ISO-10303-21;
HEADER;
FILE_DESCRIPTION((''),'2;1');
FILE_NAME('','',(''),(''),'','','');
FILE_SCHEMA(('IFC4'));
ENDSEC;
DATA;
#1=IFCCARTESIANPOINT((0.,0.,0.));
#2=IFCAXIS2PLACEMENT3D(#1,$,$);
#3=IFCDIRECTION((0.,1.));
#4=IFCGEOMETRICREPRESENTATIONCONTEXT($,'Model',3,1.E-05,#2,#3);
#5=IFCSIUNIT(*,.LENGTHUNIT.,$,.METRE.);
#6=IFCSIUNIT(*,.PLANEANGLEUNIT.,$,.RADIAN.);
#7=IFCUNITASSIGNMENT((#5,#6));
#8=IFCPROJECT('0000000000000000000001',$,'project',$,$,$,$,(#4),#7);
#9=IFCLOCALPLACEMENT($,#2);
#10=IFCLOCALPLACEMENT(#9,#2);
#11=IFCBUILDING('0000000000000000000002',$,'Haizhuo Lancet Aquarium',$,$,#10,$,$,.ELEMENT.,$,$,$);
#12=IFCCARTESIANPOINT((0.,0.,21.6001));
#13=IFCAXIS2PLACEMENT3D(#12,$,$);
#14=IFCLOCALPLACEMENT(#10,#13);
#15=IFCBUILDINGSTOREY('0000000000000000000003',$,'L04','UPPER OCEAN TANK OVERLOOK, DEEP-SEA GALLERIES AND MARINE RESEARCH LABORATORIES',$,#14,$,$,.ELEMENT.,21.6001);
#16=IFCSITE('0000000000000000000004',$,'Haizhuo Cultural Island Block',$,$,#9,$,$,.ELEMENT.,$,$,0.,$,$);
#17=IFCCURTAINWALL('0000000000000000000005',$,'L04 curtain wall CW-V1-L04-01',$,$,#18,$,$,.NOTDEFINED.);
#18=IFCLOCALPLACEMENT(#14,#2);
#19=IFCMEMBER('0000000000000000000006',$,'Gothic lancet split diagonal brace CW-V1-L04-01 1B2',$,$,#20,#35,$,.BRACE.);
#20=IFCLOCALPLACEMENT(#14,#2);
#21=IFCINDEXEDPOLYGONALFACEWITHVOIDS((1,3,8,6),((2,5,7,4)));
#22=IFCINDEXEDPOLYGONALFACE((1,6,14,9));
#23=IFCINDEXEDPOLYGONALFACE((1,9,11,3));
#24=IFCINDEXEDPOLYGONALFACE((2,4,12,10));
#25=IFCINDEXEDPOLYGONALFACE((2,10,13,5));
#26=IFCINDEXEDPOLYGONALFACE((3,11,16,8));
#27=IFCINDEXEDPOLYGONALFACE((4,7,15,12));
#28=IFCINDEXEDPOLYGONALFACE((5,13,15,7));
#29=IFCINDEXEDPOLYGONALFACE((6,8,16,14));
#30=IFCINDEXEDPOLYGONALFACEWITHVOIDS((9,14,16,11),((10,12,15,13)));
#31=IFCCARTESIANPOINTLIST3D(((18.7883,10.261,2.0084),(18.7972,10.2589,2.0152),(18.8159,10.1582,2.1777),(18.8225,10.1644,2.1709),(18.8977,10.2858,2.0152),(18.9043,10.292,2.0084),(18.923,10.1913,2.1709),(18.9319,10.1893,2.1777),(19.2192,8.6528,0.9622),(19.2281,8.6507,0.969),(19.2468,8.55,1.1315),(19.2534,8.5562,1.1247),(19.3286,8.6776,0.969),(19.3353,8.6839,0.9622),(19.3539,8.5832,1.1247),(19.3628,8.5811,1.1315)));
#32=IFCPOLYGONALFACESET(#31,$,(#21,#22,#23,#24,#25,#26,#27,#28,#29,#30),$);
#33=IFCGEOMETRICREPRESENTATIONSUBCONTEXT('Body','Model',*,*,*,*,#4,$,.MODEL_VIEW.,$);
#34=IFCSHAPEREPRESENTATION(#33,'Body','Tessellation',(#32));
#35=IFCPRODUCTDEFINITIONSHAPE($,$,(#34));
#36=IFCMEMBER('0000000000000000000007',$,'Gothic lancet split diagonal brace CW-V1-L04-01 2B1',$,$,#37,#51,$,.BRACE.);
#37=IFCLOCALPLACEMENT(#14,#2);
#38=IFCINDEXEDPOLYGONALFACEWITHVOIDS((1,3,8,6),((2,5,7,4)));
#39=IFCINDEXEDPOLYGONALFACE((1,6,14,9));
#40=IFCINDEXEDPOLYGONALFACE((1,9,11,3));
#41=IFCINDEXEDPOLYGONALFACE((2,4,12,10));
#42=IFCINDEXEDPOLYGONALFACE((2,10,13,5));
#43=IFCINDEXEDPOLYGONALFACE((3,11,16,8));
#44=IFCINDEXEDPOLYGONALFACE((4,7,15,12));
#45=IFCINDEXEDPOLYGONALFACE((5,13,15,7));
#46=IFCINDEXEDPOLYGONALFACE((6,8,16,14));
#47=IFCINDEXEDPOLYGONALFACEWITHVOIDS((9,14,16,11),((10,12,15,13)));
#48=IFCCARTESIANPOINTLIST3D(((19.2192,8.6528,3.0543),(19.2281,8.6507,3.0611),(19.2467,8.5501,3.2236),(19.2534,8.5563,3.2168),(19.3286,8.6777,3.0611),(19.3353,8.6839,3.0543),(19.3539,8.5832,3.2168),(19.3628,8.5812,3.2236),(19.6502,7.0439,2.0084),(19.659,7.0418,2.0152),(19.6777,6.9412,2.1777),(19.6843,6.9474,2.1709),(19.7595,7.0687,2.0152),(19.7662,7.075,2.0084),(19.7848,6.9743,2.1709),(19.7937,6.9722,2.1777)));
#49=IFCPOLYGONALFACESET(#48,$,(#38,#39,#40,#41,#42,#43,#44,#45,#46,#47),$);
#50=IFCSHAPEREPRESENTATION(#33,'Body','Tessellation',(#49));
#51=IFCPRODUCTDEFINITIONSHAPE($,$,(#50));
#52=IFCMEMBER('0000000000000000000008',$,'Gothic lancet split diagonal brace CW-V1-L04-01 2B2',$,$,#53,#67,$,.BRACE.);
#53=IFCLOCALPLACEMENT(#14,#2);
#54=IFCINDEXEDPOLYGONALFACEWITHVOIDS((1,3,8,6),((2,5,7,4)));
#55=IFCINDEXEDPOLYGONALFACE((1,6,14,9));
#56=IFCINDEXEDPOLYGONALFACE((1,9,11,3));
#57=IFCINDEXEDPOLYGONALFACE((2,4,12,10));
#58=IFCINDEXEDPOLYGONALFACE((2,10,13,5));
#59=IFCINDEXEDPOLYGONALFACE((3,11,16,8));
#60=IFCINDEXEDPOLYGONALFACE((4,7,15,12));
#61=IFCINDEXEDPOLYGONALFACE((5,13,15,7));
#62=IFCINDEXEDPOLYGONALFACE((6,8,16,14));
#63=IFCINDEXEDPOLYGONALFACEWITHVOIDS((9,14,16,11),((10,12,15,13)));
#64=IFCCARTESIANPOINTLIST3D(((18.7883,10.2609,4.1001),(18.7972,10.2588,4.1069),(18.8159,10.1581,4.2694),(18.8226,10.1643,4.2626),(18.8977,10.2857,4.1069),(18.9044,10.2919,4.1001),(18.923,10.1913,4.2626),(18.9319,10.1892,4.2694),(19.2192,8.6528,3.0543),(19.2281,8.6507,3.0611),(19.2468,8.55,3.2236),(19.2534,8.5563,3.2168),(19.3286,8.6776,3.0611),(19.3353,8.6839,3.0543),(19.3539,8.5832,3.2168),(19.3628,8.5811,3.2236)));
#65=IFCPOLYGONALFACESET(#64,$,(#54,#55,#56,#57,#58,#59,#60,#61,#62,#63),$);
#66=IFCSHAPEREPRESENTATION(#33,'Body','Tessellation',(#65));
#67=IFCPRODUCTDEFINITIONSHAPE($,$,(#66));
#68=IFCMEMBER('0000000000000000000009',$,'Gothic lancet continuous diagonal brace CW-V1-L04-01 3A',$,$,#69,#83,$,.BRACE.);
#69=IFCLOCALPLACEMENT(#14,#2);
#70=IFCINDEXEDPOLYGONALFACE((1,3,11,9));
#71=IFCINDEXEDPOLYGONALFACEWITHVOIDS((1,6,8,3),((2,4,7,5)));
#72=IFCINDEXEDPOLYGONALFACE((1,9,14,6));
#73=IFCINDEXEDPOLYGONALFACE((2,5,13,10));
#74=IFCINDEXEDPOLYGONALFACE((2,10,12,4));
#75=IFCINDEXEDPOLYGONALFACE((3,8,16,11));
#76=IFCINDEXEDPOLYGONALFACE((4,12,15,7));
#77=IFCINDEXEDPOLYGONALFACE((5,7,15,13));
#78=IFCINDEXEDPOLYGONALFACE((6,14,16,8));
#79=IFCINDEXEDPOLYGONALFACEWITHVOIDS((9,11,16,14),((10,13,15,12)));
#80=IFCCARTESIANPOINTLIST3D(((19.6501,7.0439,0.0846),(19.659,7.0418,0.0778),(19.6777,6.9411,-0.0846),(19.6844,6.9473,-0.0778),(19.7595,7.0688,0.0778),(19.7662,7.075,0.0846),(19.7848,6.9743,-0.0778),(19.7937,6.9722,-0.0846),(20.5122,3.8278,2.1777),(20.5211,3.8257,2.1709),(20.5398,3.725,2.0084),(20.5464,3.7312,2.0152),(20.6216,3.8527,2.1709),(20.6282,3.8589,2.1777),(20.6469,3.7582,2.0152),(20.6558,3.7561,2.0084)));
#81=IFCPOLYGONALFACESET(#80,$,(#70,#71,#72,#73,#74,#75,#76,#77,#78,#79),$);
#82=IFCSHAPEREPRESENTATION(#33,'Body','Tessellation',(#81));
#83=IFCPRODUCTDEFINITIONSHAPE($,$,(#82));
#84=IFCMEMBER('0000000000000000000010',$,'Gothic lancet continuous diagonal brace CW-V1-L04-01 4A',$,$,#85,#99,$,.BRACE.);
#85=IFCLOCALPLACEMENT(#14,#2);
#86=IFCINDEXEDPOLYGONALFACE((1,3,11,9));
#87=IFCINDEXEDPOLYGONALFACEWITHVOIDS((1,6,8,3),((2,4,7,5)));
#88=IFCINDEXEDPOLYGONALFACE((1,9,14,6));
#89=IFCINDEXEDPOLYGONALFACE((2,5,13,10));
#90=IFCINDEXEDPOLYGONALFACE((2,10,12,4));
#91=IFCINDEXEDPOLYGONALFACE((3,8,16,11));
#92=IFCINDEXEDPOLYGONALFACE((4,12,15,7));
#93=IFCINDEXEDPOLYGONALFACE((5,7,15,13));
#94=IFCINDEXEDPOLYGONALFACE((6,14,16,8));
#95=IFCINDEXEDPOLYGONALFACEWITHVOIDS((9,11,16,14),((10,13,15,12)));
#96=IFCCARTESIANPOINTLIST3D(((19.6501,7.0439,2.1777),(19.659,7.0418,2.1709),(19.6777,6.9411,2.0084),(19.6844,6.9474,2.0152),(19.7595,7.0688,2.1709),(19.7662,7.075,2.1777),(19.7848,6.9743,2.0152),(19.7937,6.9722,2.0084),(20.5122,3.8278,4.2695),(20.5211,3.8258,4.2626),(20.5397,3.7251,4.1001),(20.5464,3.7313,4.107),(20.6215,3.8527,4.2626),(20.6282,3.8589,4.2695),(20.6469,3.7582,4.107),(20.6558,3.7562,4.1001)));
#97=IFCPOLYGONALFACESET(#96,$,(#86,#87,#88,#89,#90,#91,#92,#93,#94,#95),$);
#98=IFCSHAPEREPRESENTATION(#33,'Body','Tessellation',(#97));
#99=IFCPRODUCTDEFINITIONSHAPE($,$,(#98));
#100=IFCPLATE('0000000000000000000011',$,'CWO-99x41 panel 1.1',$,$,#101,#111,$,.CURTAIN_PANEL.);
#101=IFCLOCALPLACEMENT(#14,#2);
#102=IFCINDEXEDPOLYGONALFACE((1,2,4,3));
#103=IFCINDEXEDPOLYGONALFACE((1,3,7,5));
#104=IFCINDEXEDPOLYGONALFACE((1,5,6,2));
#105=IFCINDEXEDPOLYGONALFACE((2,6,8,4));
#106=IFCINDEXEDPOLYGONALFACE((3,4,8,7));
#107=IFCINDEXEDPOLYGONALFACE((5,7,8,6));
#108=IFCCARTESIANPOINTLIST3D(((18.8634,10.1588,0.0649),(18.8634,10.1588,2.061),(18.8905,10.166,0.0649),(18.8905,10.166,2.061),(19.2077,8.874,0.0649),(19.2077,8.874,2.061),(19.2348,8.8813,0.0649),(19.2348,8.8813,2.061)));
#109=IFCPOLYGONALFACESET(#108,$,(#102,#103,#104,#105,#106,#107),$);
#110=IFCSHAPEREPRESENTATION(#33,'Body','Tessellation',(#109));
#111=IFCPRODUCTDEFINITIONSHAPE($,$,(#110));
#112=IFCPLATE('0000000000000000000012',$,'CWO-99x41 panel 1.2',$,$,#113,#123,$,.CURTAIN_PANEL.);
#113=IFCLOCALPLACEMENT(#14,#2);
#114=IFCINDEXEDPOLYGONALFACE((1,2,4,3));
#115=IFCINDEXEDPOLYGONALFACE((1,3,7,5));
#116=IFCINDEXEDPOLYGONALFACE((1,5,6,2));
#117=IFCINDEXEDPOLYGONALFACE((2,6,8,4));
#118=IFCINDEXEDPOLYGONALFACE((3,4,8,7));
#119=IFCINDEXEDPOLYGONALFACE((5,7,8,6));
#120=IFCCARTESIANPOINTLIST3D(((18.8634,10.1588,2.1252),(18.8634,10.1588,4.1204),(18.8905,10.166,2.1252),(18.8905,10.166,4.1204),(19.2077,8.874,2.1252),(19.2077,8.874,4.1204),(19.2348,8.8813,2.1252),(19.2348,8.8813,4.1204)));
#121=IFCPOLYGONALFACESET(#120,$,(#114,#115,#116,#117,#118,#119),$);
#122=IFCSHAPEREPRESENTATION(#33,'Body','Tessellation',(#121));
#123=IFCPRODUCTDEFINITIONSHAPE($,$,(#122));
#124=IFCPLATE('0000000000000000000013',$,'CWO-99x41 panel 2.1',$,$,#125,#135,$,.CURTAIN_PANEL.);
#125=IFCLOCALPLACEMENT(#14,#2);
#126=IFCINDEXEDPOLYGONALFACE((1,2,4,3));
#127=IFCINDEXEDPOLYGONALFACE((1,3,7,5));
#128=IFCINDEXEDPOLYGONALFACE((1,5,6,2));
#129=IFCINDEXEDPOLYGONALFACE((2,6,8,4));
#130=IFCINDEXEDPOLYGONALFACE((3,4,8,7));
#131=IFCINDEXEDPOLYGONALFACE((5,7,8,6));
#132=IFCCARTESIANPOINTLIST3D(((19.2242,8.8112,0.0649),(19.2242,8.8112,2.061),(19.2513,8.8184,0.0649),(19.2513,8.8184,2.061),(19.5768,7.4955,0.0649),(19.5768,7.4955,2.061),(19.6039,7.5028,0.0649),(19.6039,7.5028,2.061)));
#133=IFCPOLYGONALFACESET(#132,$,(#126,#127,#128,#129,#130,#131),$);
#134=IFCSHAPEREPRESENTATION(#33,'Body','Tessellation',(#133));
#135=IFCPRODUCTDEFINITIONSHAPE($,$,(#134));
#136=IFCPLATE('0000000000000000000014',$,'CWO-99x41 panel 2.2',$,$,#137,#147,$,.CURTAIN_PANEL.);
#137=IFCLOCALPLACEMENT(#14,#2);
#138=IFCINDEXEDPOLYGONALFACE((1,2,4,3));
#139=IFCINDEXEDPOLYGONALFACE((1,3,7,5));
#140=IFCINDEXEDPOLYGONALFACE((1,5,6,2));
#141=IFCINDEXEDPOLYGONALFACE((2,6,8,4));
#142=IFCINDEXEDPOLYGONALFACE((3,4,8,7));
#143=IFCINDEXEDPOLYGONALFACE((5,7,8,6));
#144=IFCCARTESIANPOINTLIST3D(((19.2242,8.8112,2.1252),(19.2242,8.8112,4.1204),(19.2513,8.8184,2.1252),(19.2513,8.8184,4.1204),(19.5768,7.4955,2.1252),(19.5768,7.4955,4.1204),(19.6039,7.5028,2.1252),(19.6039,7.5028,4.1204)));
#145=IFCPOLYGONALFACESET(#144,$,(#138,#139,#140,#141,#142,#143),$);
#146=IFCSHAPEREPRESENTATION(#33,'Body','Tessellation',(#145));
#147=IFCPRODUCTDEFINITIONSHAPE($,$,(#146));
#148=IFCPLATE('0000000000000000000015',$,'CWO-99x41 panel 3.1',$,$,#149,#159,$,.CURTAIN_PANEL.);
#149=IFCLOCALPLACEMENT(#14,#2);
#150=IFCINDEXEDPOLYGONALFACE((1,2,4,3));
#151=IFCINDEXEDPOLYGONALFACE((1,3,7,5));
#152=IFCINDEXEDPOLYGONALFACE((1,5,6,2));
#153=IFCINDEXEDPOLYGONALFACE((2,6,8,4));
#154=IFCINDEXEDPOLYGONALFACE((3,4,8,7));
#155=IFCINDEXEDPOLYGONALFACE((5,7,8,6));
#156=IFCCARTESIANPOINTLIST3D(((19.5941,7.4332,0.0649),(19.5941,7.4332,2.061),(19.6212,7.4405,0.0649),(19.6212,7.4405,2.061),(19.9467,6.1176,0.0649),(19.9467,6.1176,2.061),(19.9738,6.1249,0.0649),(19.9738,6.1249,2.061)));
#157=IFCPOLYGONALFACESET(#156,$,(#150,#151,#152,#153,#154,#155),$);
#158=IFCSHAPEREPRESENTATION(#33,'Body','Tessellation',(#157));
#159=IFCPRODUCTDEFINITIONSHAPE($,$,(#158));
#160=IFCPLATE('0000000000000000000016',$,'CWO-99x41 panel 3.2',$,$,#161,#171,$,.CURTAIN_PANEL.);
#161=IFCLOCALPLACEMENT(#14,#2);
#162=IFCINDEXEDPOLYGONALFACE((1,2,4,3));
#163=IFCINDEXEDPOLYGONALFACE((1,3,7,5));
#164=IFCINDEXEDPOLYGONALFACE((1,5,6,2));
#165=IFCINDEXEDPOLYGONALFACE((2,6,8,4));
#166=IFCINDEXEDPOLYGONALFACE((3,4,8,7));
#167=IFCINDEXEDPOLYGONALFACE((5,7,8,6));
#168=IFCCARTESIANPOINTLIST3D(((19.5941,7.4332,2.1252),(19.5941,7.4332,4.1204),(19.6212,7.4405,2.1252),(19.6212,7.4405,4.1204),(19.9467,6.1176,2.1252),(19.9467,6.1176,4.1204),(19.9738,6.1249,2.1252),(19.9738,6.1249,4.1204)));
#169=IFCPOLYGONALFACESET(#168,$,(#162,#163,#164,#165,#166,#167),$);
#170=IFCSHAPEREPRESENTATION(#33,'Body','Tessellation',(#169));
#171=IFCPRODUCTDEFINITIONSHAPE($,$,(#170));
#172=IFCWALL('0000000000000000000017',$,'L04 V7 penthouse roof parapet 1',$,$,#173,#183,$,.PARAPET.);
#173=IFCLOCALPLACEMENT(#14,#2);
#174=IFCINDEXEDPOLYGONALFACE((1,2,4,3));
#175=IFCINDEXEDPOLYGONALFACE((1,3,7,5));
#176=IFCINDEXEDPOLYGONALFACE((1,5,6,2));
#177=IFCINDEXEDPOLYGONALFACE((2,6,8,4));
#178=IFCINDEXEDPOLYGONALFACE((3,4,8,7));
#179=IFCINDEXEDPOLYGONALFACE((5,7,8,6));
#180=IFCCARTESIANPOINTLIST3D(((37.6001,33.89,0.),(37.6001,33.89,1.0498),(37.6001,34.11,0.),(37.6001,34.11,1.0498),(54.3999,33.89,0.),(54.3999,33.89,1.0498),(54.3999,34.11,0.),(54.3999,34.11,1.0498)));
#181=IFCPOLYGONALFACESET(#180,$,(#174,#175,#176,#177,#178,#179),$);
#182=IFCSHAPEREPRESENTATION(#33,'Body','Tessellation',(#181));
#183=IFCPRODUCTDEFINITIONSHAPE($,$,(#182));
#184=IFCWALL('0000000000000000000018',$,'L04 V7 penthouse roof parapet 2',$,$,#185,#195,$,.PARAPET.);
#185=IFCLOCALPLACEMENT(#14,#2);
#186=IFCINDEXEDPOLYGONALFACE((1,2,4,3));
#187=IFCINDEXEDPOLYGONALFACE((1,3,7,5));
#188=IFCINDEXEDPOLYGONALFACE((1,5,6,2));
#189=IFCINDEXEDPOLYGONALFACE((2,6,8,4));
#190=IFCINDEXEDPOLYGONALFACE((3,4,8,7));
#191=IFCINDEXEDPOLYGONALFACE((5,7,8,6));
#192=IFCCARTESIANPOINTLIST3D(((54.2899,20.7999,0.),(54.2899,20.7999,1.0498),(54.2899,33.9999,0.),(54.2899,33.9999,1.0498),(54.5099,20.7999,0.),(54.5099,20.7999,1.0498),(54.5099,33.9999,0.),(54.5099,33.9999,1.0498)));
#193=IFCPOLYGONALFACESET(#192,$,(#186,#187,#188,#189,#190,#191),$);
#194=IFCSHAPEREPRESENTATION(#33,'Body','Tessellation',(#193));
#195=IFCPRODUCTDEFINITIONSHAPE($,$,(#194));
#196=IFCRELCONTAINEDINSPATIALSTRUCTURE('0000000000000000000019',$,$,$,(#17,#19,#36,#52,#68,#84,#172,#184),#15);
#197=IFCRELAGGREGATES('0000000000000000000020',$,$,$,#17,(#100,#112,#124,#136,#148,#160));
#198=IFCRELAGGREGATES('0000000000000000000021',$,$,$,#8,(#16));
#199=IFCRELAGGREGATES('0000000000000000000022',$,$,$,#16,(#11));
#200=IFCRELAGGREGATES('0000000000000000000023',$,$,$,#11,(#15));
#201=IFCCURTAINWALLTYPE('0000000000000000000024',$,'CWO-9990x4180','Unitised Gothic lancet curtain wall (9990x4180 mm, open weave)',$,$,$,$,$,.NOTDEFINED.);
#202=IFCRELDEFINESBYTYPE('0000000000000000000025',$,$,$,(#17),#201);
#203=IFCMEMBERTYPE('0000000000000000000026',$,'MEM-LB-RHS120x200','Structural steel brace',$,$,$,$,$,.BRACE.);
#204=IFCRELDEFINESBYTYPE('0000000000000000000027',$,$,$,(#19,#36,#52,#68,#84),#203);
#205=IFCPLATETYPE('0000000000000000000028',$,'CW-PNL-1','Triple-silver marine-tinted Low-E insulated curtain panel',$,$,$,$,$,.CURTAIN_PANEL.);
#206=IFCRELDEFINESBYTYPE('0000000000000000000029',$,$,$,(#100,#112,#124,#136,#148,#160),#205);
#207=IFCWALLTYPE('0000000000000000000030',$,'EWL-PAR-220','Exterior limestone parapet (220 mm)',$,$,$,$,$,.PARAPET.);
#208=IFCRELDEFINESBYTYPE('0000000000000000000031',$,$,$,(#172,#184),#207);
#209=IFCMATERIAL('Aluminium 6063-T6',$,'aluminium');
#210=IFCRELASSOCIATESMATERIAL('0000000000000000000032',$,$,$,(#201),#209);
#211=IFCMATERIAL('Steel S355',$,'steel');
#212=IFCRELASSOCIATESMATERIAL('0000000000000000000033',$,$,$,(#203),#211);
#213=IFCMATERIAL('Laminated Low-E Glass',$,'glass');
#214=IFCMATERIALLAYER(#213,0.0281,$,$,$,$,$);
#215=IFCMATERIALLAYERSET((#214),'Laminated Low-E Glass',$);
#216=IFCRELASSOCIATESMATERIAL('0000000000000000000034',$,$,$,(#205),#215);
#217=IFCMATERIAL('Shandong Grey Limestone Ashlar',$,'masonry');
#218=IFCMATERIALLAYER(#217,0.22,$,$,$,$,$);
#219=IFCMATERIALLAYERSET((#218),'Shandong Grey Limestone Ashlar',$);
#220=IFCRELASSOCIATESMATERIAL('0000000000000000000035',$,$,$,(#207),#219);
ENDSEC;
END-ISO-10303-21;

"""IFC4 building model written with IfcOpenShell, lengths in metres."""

from ifc_helpers import new_model, si_unit, direction, frame, frame_2d, origin, origin_2d, place, context, subcontext, project, spatial, rectangle, hollow_rectangle, extrude, material, layer, layer_set, material_profile, profile_set, type_object, element, aggregate, save


model = new_model("IFC4")

# Units and contexts
model_context = context("Model", 3, precision=1e-05, world=origin(), true_north=direction((0.0, 1.0)))
body_context = subcontext(model_context, "Body", "Model", "MODEL_VIEW")
ifc_project = project(units=[si_unit("LENGTHUNIT", "METRE"), si_unit("PLANEANGLEUNIT", "RADIAN")], contexts=[model_context])

# Site, building, storey
site_placement = place(None, origin())
site = spatial("IfcSite", under=ifc_project, at=site_placement, Name="Haizhuo Cultural Island Block", CompositionType="ELEMENT", RefElevation=0.0)
building_placement = place(site_placement, origin())
building = spatial("IfcBuilding", under=site, at=building_placement, Name="Haizhuo Lancet Aquarium", CompositionType="ELEMENT")
storey_placement = place(building_placement, frame((0.0, 0.0, 21.6001)))
storey = spatial("IfcBuildingStorey", under=building, at=storey_placement, Name="L04", Description="UPPER OCEAN TANK OVERLOOK, DEEP-SEA GALLERIES AND MARINE RESEARCH LABORATORIES", CompositionType="ELEMENT", Elevation=21.6001)

# Curtain wall
ifc_material_1 = material(Name="Aluminium 6063-T6", Category="aluminium")
curtain_wall_type = type_object("IfcCurtainWallType", Name="CWO-9990x4180", Description="Unitised Gothic lancet curtain wall (9990x4180 mm, open weave)", PredefinedType="NOTDEFINED", material=ifc_material_1)
curtain_wall_placement = place(storey_placement, origin())
curtain_wall = element("IfcCurtainWall", 1, at=curtain_wall_placement, inside=storey, type_object=curtain_wall_type, Name="L04 curtain wall CW-V1-L04-01", PredefinedType="NOTDEFINED")

# Members
ifc_material_2 = material(Name="Steel S355", Category="steel")
ifc_material_profile_1 = material_profile(ifc_material_2, hollow_rectangle(XDim=0.1201, YDim=0.2, WallThickness=0.0081, at=origin_2d()), Name="RHS 120x200x8")
ifc_profile_set_1 = profile_set([ifc_material_profile_1], Name="Steel S355")
member_type_1 = type_object("IfcMemberType", Name="MEM-LB-RHS120x200", Description="Structural steel brace", PredefinedType="BRACE", material=ifc_profile_set_1)
member_1_placement = place(storey_placement, frame((19.291, 8.6169, 1.0469), z_axis=(-0.219149, 0.817866, 0.532042), x_axis=(-0.965925, -0.258822, 0.0)))
element("IfcMember", 2, at=member_1_placement, inside=storey, type_object=member_type_1, Name="Gothic lancet split diagonal brace CW-V1-L04-01 1B2", PredefinedType="BRACE", context=body_context, shape_type="SweptSolid", body=[
    extrude(hollow_rectangle(XDim=0.1201, YDim=0.2, WallThickness=0.0081, at=origin_2d()), origin(), (0.0, 0.0, 1.0), 1.9663),
])
member_2_placement = place(storey_placement, frame((19.7219, 7.0081, 2.093), z_axis=(-0.219097, 0.818044, 0.53179), x_axis=(-0.965955, -0.258712, 0.0)))
element("IfcMember", 3, at=member_2_placement, inside=storey, type_object=member_type_1, Name="Gothic lancet split diagonal brace CW-V1-L04-01 2B1", PredefinedType="BRACE", context=body_context, shape_type="SweptSolid", body=[
    extrude(hollow_rectangle(XDim=0.1201, YDim=0.2, WallThickness=0.0081, at=origin_2d()), origin(), (0.0, 0.0, 1.0), 1.9668),
])
member_3_placement = place(storey_placement, frame((19.291, 8.6169, 3.1389), z_axis=(-0.219163, 0.81792, 0.531953), x_axis=(-0.965925, -0.258822, 0.0)))
element("IfcMember", 4, at=member_3_placement, inside=storey, type_object=member_type_1, Name="Gothic lancet split diagonal brace CW-V1-L04-01 2B2", PredefinedType="BRACE", context=body_context, shape_type="SweptSolid", body=[
    extrude(hollow_rectangle(XDim=0.1201, YDim=0.2, WallThickness=0.0081, at=origin_2d()), origin(), (0.0, 0.0, 1.0), 1.9661),
])
member_4_placement = place(storey_placement, frame((19.7219, 7.0081, 0.0), z_axis=(0.219197, -0.817754, 0.532195), x_axis=(0.965902, 0.258908, 0.0)))
element("IfcMember", 5, at=member_4_placement, inside=storey, type_object=member_type_1, Name="Gothic lancet continuous diagonal brace CW-V1-L04-01 3A", PredefinedType="BRACE", context=body_context, shape_type="SweptSolid", body=[
    extrude(hollow_rectangle(XDim=0.1201, YDim=0.2, WallThickness=0.0081, at=origin_2d()), origin(), (0.0, 0.0, 1.0), 3.9329),
])
member_5_placement = place(storey_placement, frame((19.7219, 7.0081, 2.093), z_axis=(0.219234, -0.817889, 0.531972), x_axis=(0.965902, 0.258908, 0.0)))
element("IfcMember", 6, at=member_5_placement, inside=storey, type_object=member_type_1, Name="Gothic lancet continuous diagonal brace CW-V1-L04-01 4A", PredefinedType="BRACE", context=body_context, shape_type="SweptSolid", body=[
    extrude(hollow_rectangle(XDim=0.1201, YDim=0.2, WallThickness=0.0081, at=origin_2d()), origin(), (0.0, 0.0, 1.0), 3.9321),
])

# Plates
ifc_material_3 = material(Name="Laminated Low-E Glass", Category="glass")
ifc_layer_1 = layer(ifc_material_3, 0.0281)
ifc_layer_set_1 = layer_set([ifc_layer_1], Name="Laminated Low-E Glass")
plate_type = type_object("IfcPlateType", Name="CW-PNL-1", Description="Triple-silver marine-tinted Low-E insulated curtain panel", PredefinedType="CURTAIN_PANEL", material=ifc_layer_set_1)
plate_1_placement = place(storey_placement, frame((19.0491, 9.52, 0.0649), z_axis=(0.0, 0.0, 1.0), x_axis=(0.258853, -0.965917, 0.0)))
plate_1 = element("IfcPlate", 7, at=plate_1_placement, type_object=plate_type, Name="CWO-99x41 panel 1.1", PredefinedType="CURTAIN_PANEL", context=body_context, shape_type="SweptSolid", body=[
    extrude(rectangle(XDim=1.3301, YDim=0.0281, at=origin_2d()), origin(), (0.0, 0.0, 1.0), 1.9961),
])
plate_2_placement = place(storey_placement, frame((19.0491, 9.52, 2.1252), z_axis=(0.0, 0.0, 1.0), x_axis=(0.258853, -0.965917, 0.0)))
plate_2 = element("IfcPlate", 8, at=plate_2_placement, type_object=plate_type, Name="CWO-99x41 panel 1.2", PredefinedType="CURTAIN_PANEL", context=body_context, shape_type="SweptSolid", body=[
    extrude(rectangle(XDim=1.3301, YDim=0.0281, at=origin_2d()), origin(), (0.0, 0.0, 1.0), 1.9951),
])
plate_3_placement = place(storey_placement, frame((19.4141, 8.157, 0.0649), z_axis=(0.0, 0.0, 1.0), x_axis=(0.258853, -0.965917, 0.0)))
plate_3 = element("IfcPlate", 9, at=plate_3_placement, type_object=plate_type, Name="CWO-99x41 panel 2.1", PredefinedType="CURTAIN_PANEL", context=body_context, shape_type="SweptSolid", body=[
    extrude(rectangle(XDim=1.3621, YDim=0.0281, at=origin_2d()), origin(), (0.0, 0.0, 1.0), 1.9961),
])
plate_4_placement = place(storey_placement, frame((19.4141, 8.157, 2.1252), z_axis=(0.0, 0.0, 1.0), x_axis=(0.258853, -0.965917, 0.0)))
plate_4 = element("IfcPlate", 10, at=plate_4_placement, type_object=plate_type, Name="CWO-99x41 panel 2.2", PredefinedType="CURTAIN_PANEL", context=body_context, shape_type="SweptSolid", body=[
    extrude(rectangle(XDim=1.3621, YDim=0.0281, at=origin_2d()), origin(), (0.0, 0.0, 1.0), 1.9951),
])
plate_5_placement = place(storey_placement, frame((19.7839, 6.7791, 0.0649), z_axis=(0.0, 0.0, 1.0), x_axis=(0.258853, -0.965917, 0.0)))
plate_5 = element("IfcPlate", 11, at=plate_5_placement, type_object=plate_type, Name="CWO-99x41 panel 3.1", PredefinedType="CURTAIN_PANEL", context=body_context, shape_type="SweptSolid", body=[
    extrude(rectangle(XDim=1.3621, YDim=0.0281, at=origin_2d()), origin(), (0.0, 0.0, 1.0), 1.9961),
])
plate_6_placement = place(storey_placement, frame((19.7839, 6.7791, 2.1252), z_axis=(0.0, 0.0, 1.0), x_axis=(0.258853, -0.965917, 0.0)))
plate_6 = element("IfcPlate", 12, at=plate_6_placement, type_object=plate_type, Name="CWO-99x41 panel 3.2", PredefinedType="CURTAIN_PANEL", context=body_context, shape_type="SweptSolid", body=[
    extrude(rectangle(XDim=1.3621, YDim=0.0281, at=origin_2d()), origin(), (0.0, 0.0, 1.0), 1.9951),
])
aggregate(curtain_wall, [plate_1, plate_2, plate_3, plate_4, plate_5, plate_6])

# Walls
ifc_material_4 = material(Name="Shandong Grey Limestone Ashlar", Category="masonry")
ifc_layer_2 = layer(ifc_material_4, 0.22)
ifc_layer_set_2 = layer_set([ifc_layer_2], Name="Shandong Grey Limestone Ashlar")
wall_type = type_object("IfcWallType", Name="EWL-PAR-220", Description="Exterior limestone parapet (220 mm)", PredefinedType="PARAPET", material=ifc_layer_set_2)
wall_1_placement = place(storey_placement, frame((37.6001, 34.0, 0.0), z_axis=(0.0, 0.0, 1.0), x_axis=(1.0, 0.0, 0.0)))
element("IfcWall", 13, at=wall_1_placement, inside=storey, type_object=wall_type, Name="L04 V7 penthouse roof parapet 1", PredefinedType="PARAPET", context=body_context, shape_type="SweptSolid", body=[
    extrude(rectangle(XDim=16.7998, YDim=0.22, at=frame_2d((8.3999, 0.0))), origin(), (0.0, 0.0, 1.0), 1.0498),
])
wall_2_placement = place(storey_placement, frame((54.3999, 34.0, 0.0), z_axis=(0.0, 0.0, 1.0), x_axis=(0.0, -1.0, 0.0)))
element("IfcWall", 14, at=wall_2_placement, inside=storey, type_object=wall_type, Name="L04 V7 penthouse roof parapet 2", PredefinedType="PARAPET", context=body_context, shape_type="SweptSolid", body=[
    extrude(rectangle(XDim=13.2, YDim=0.22, at=frame_2d((6.6001, 0.0))), origin(), (0.0, 0.0, 1.0), 1.0498),
])

save(model, "model.ifc")
